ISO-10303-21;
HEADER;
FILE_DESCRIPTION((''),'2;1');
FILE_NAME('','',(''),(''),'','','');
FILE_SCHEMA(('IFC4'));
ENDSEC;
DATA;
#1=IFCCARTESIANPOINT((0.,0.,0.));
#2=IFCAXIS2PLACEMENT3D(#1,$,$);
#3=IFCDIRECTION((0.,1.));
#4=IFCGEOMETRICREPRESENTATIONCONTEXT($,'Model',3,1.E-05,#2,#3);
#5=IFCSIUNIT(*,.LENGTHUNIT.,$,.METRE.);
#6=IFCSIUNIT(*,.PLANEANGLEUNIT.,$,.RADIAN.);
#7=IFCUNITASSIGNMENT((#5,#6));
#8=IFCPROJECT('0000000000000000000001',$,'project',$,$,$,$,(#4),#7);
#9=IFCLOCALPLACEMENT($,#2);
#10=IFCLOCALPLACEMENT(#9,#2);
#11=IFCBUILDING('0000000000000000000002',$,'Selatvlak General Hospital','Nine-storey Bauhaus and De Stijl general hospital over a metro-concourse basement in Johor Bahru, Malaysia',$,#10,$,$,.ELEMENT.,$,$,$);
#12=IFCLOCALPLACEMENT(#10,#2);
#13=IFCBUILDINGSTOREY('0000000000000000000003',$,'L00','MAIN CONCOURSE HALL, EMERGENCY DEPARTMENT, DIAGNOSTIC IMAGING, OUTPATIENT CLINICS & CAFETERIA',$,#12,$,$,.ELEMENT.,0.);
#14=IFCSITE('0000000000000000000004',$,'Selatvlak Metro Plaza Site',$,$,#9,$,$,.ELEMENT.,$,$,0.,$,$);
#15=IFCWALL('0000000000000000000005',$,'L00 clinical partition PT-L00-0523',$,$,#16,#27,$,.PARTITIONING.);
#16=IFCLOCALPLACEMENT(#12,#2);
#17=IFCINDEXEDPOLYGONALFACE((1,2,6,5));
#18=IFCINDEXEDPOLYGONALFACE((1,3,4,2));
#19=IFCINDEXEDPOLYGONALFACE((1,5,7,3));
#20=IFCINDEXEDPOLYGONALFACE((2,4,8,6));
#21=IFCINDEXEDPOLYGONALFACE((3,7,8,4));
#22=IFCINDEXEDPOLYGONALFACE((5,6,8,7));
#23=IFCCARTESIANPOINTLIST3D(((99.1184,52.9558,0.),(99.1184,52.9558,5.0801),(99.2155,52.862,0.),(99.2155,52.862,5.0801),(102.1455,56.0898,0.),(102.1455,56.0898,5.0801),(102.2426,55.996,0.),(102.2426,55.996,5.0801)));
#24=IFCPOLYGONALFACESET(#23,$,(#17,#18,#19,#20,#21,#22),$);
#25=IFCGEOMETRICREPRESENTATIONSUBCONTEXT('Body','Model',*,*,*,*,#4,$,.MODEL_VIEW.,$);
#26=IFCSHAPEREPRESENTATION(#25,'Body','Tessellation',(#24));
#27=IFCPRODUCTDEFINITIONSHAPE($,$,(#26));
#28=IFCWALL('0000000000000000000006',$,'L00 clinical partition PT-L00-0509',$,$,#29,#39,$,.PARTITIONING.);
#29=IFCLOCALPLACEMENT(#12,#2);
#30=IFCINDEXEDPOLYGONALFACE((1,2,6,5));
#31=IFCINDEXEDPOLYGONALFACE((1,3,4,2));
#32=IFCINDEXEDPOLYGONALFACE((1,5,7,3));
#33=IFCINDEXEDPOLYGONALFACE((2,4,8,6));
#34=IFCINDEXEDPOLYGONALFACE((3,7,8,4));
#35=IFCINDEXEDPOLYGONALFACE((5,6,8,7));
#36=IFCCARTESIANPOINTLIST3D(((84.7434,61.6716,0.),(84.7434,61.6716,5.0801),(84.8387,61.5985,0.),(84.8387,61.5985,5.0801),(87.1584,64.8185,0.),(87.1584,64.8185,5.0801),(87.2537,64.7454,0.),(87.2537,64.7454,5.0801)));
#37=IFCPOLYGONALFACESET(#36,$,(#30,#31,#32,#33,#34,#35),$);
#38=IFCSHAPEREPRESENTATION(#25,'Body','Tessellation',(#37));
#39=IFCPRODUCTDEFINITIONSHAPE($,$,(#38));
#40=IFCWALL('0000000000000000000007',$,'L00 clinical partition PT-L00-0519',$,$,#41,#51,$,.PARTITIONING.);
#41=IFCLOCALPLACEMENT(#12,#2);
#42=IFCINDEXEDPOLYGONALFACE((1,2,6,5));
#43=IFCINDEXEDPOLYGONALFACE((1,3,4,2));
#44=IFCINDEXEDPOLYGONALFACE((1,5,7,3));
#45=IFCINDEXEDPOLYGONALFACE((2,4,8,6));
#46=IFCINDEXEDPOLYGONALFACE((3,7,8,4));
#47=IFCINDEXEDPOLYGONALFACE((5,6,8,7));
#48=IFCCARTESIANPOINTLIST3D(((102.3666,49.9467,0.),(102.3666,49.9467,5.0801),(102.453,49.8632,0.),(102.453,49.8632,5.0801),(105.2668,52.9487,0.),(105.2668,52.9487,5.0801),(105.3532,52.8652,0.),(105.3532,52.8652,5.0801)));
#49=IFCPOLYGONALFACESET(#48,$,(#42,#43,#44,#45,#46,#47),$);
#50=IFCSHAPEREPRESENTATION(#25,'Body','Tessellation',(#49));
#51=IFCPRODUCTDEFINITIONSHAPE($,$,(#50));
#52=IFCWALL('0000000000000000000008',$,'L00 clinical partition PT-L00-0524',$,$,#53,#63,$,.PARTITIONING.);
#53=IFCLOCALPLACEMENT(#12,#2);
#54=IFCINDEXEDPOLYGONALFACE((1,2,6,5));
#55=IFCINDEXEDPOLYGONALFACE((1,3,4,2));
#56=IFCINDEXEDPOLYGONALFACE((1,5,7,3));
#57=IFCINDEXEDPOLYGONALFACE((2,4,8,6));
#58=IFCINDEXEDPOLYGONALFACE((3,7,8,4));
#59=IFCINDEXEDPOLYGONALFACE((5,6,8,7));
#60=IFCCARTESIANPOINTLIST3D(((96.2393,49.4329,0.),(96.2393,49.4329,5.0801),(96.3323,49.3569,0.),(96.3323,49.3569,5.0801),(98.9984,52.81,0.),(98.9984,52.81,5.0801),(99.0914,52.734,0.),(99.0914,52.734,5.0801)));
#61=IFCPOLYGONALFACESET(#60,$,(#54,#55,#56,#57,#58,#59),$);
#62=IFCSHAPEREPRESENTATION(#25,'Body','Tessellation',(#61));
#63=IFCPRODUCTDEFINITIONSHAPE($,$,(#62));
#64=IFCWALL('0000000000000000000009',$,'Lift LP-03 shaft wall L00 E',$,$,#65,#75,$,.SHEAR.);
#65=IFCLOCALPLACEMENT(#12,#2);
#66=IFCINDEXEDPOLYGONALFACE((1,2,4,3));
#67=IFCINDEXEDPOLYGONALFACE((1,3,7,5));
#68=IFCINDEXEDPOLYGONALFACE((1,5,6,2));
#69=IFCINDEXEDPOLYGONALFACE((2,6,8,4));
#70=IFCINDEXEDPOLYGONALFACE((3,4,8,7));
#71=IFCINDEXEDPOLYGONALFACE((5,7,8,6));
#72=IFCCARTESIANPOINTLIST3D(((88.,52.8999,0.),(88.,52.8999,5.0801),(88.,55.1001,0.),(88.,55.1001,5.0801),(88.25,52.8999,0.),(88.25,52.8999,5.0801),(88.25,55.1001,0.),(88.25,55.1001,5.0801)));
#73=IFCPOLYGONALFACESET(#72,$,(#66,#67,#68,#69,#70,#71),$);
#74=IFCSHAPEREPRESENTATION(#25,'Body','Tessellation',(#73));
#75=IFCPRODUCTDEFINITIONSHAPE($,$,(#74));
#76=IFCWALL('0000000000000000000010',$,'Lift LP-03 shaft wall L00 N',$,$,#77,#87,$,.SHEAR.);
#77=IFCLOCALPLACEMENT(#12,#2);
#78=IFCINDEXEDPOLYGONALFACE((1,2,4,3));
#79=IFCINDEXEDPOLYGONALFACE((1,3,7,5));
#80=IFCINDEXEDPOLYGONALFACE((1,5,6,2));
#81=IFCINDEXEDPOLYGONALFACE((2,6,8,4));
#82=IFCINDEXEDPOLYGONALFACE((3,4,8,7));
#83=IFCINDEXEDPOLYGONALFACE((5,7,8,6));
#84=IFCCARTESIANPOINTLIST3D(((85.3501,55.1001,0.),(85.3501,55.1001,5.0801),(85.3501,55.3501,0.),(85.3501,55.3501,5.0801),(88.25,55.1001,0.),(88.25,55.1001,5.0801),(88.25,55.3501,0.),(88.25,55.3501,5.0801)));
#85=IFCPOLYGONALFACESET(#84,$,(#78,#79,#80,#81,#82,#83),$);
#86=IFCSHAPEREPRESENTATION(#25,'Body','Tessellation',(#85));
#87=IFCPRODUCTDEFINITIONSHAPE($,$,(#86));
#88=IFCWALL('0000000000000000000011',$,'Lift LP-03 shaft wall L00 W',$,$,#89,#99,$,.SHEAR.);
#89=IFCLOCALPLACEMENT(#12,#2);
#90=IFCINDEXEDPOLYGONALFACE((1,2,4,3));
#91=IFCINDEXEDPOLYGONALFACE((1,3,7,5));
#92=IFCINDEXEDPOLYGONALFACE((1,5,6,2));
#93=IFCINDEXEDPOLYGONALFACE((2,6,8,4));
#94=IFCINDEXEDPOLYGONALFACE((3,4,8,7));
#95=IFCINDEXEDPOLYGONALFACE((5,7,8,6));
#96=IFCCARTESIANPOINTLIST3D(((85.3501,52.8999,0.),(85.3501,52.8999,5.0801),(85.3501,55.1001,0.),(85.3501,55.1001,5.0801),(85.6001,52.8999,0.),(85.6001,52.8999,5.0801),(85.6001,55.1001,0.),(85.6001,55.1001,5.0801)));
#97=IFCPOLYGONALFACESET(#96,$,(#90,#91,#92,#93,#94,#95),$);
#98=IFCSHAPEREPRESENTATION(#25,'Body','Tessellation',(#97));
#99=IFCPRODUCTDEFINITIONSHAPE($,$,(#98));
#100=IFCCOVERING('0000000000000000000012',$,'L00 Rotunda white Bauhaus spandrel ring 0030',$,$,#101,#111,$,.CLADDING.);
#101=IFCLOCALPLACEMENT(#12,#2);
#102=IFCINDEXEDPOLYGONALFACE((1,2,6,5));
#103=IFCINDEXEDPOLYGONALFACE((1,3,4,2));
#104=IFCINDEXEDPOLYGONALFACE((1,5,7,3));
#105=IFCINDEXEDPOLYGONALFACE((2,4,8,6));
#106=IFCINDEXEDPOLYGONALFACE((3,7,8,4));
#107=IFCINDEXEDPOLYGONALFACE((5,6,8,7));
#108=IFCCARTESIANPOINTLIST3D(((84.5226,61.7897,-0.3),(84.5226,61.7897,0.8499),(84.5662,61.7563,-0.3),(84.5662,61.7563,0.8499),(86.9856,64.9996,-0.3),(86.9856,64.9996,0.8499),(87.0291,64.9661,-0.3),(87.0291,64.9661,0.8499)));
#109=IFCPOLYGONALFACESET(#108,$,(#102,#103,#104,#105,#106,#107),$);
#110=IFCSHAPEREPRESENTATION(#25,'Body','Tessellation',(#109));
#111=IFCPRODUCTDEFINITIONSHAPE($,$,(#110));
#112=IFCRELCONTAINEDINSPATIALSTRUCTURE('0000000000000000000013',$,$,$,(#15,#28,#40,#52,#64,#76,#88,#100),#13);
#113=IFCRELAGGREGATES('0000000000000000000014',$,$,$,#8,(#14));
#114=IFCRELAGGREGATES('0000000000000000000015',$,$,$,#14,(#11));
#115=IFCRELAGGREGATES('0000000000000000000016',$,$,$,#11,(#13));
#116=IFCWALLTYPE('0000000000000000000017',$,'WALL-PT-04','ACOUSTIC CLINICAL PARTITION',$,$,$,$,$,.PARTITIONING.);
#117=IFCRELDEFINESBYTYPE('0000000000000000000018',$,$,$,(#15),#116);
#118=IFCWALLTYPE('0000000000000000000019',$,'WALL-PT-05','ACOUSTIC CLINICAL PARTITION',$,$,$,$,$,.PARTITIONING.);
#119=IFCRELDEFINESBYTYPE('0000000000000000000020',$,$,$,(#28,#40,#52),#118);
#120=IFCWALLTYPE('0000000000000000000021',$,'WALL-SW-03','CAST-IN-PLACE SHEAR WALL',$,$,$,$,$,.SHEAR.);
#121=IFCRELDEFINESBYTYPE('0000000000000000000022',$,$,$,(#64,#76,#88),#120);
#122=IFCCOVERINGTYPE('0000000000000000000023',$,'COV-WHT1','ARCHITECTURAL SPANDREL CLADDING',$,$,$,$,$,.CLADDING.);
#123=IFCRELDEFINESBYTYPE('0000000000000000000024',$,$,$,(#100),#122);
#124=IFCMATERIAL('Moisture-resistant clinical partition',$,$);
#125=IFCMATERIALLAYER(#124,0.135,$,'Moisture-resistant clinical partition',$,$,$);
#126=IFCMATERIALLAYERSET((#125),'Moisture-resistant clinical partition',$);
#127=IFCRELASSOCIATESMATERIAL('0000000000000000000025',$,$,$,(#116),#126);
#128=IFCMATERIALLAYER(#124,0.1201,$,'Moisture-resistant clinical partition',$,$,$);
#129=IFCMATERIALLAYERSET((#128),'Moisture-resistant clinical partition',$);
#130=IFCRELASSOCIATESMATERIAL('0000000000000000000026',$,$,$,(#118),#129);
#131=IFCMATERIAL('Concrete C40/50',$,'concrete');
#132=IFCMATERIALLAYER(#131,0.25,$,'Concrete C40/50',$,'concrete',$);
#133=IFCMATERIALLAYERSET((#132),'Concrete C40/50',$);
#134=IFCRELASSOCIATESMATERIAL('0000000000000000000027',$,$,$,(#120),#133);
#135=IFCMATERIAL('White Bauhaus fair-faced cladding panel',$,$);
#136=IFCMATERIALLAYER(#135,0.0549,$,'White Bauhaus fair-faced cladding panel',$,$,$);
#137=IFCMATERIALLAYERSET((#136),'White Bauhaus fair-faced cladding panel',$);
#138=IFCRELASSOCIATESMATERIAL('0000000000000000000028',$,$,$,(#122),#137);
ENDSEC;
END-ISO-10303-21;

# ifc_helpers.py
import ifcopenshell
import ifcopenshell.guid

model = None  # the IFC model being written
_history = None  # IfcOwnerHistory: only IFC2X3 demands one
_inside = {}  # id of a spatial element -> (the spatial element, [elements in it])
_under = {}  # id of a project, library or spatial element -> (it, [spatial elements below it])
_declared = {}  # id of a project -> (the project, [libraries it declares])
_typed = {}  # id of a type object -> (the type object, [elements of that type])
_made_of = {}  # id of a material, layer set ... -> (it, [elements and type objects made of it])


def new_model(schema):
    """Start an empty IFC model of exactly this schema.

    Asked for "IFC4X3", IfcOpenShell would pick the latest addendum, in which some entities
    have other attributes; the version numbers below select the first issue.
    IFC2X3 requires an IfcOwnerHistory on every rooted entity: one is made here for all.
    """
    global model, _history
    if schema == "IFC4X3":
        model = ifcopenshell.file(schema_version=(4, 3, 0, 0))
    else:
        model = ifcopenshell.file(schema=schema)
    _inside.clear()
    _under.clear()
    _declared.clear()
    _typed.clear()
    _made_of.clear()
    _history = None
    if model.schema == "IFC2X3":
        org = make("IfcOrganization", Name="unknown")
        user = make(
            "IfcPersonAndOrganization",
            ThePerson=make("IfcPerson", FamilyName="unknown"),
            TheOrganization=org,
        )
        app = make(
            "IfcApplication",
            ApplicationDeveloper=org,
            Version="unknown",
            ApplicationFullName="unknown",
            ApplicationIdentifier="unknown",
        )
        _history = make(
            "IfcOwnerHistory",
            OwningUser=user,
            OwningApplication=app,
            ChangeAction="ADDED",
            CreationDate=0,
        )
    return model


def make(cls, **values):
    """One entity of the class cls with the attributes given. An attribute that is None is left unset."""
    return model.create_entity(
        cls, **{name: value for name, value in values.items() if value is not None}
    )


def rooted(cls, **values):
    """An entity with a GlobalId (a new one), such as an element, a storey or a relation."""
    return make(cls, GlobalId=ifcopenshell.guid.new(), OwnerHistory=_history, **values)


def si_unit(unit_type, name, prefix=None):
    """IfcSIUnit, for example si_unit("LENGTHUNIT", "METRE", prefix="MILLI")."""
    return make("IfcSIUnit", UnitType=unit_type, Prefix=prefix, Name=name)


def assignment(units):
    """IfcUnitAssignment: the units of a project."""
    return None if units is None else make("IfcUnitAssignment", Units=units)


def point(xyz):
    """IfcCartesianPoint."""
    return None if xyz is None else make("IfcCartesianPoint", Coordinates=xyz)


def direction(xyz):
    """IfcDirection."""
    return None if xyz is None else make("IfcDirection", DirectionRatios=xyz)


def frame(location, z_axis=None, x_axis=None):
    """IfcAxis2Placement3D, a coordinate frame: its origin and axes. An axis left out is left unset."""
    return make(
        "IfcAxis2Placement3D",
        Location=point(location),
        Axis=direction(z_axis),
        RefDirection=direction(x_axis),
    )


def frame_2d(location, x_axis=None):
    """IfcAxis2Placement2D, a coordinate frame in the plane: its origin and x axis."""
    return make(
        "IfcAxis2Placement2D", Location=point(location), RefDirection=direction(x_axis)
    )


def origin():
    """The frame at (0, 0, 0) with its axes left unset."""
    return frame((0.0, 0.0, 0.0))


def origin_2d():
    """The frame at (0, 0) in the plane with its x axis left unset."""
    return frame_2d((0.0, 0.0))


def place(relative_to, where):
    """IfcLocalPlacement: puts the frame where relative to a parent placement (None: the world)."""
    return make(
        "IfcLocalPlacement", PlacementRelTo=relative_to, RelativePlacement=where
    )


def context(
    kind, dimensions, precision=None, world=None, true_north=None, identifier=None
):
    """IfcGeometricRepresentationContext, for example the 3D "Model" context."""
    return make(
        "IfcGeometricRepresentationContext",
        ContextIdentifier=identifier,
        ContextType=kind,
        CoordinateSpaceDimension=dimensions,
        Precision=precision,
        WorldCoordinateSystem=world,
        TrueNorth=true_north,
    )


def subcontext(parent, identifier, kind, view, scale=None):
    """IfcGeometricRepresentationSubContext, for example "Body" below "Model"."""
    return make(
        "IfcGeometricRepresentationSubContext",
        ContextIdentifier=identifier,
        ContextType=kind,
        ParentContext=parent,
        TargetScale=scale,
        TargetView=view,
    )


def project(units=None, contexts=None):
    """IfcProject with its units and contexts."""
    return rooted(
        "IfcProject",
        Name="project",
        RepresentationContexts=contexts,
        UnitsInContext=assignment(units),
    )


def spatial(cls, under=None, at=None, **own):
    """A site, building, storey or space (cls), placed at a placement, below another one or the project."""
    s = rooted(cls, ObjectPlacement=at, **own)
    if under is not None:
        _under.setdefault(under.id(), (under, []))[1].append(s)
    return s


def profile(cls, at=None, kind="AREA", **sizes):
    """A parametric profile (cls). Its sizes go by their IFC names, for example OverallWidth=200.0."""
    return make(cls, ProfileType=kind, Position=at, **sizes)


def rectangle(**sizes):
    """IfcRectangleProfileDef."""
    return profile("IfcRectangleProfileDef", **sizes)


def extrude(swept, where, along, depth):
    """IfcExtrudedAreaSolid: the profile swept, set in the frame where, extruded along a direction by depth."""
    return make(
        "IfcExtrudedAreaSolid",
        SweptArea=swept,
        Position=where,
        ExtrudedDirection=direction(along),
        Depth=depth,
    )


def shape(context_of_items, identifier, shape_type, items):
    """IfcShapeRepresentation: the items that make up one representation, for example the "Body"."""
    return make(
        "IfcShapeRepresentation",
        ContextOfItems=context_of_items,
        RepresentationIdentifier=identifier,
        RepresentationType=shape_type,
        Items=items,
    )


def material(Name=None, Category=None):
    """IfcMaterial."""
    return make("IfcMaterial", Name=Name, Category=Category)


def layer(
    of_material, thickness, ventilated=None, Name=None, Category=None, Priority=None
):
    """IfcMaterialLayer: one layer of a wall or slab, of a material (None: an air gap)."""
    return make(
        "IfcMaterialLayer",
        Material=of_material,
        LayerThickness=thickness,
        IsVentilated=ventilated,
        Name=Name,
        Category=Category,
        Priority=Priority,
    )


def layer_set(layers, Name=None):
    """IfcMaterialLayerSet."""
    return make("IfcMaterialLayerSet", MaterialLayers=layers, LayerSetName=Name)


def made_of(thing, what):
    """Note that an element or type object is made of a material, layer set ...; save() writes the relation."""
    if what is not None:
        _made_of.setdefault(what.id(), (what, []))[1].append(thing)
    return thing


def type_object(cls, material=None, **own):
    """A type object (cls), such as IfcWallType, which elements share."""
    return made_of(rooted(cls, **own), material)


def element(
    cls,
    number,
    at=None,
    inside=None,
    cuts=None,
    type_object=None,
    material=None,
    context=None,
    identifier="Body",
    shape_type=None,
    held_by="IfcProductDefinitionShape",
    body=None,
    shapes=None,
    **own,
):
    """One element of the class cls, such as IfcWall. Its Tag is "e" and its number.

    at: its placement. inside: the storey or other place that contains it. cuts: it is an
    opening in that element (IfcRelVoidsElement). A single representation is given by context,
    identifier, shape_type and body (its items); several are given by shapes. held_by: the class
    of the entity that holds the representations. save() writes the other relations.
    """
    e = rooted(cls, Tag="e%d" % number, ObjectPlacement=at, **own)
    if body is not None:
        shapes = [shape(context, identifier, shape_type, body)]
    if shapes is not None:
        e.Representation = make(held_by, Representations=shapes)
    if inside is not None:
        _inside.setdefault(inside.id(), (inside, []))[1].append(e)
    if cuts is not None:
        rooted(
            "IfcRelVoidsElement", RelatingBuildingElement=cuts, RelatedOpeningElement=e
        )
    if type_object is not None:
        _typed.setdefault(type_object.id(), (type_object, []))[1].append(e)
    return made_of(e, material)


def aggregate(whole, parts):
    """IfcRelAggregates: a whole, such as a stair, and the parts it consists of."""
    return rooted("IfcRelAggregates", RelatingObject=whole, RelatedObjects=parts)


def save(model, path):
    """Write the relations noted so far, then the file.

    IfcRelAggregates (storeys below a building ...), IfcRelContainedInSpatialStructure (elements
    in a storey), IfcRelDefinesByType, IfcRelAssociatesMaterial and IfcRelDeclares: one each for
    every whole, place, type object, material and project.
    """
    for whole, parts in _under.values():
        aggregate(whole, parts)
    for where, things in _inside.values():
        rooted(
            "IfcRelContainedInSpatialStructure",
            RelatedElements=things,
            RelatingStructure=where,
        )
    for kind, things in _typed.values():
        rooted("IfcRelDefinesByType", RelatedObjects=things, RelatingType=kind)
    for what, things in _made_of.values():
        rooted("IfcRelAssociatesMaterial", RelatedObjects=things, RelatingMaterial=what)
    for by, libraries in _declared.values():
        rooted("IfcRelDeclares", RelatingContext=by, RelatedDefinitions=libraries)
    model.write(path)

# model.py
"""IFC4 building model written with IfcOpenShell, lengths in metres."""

from ifc_helpers import new_model, si_unit, direction, frame, frame_2d, origin, origin_2d, place, context, subcontext, project, spatial, rectangle, extrude, material, layer, layer_set, type_object, element, save


model = new_model("IFC4")

# Units and contexts
model_context = context("Model", 3, precision=1e-05, world=origin(), true_north=direction((0.0, 1.0)))
body_context = subcontext(model_context, "Body", "Model", "MODEL_VIEW")
ifc_project = project(units=[si_unit("LENGTHUNIT", "METRE"), si_unit("PLANEANGLEUNIT", "RADIAN")], contexts=[model_context])

# Site, building, storey
site_placement = place(None, origin())
site = spatial("IfcSite", under=ifc_project, at=site_placement, Name="Selatvlak Metro Plaza Site", CompositionType="ELEMENT", RefElevation=0.0)
building_placement = place(site_placement, origin())
building = spatial("IfcBuilding", under=site, at=building_placement, Name="Selatvlak General Hospital", Description="Nine-storey Bauhaus and De Stijl general hospital over a metro-concourse basement in Johor Bahru, Malaysia", CompositionType="ELEMENT")
storey_placement = place(building_placement, origin())
storey = spatial("IfcBuildingStorey", under=building, at=storey_placement, Name="L00", Description="MAIN CONCOURSE HALL, EMERGENCY DEPARTMENT, DIAGNOSTIC IMAGING, OUTPATIENT CLINICS & CAFETERIA", CompositionType="ELEMENT", Elevation=0.0)

# Walls
ifc_material_1 = material(Name="Moisture-resistant clinical partition")
ifc_layer_1 = layer(ifc_material_1, 0.135, Name="Moisture-resistant clinical partition")
ifc_layer_set_1 = layer_set([ifc_layer_1], Name="Moisture-resistant clinical partition")
wall_type_1 = type_object("IfcWallType", Name="WALL-PT-04", Description="ACOUSTIC CLINICAL PARTITION", PredefinedType="PARTITIONING", material=ifc_layer_set_1)
wall_1_placement = place(storey_placement, frame((102.1941, 56.043, 0.0), z_axis=(0.0, 0.0, 1.0), x_axis=(-0.694729, -0.719271, 0.0)))
element("IfcWall", 1, at=wall_1_placement, inside=storey, type_object=wall_type_1, Name="L00 clinical partition PT-L00-0523", PredefinedType="PARTITIONING", context=body_context, shape_type="SweptSolid", body=[
    extrude(rectangle(XDim=4.3572, YDim=0.135, at=frame_2d((2.1787, 0.0))), origin(), (0.0, 0.0, 1.0), 5.0801),
])
ifc_layer_2 = layer(ifc_material_1, 0.1201, Name="Moisture-resistant clinical partition")
ifc_layer_set_2 = layer_set([ifc_layer_2], Name="Moisture-resistant clinical partition")
wall_type_2 = type_object("IfcWallType", Name="WALL-PT-05", Description="ACOUSTIC CLINICAL PARTITION", PredefinedType="PARTITIONING", material=ifc_layer_set_2)
wall_2_placement = place(storey_placement, frame((87.2061, 64.782, 0.0), z_axis=(0.0, 0.0, 1.0), x_axis=(-0.608806, -0.793319, 0.0)))
element("IfcWall", 2, at=wall_2_placement, inside=storey, type_object=wall_type_2, Name="L00 clinical partition PT-L00-0509", PredefinedType="PARTITIONING", context=body_context, shape_type="SweptSolid", body=[
    extrude(rectangle(XDim=3.9668, YDim=0.1201, at=frame_2d((1.9834, 0.0))), origin(), (0.0, 0.0, 1.0), 5.0801),
])
wall_3_placement = place(storey_placement, frame((102.4099, 49.905, 0.0), z_axis=(0.0, 0.0, 1.0), x_axis=(0.694806, 0.719197, 0.0)))
element("IfcWall", 3, at=wall_3_placement, inside=storey, type_object=wall_type_2, Name="L00 clinical partition PT-L00-0519", PredefinedType="PARTITIONING", context=body_context, shape_type="SweptSolid", body=[
    extrude(rectangle(XDim=4.1741, YDim=0.1201, at=frame_2d((2.0869, 0.0))), origin(), (0.0, 0.0, 1.0), 5.0801),
])
wall_4_placement = place(storey_placement, frame((99.0449, 52.772, 0.0), z_axis=(0.0, 0.0, 1.0), x_axis=(-0.632698, -0.774399, 0.0)))
element("IfcWall", 4, at=wall_4_placement, inside=storey, type_object=wall_type_2, Name="L00 clinical partition PT-L00-0524", PredefinedType="PARTITIONING", context=body_context, shape_type="SweptSolid", body=[
    extrude(rectangle(XDim=4.3608, YDim=0.1201, at=frame_2d((2.1804, 0.0))), origin(), (0.0, 0.0, 1.0), 5.0801),
])

# Shared definitions
ifc_material_2 = material(Name="Concrete C40/50", Category="concrete")
ifc_layer_3 = layer(ifc_material_2, 0.25, Name="Concrete C40/50", Category="concrete")
ifc_layer_set_3 = layer_set([ifc_layer_3], Name="Concrete C40/50")
wall_type_3 = type_object("IfcWallType", Name="WALL-SW-03", Description="CAST-IN-PLACE SHEAR WALL", PredefinedType="SHEAR", material=ifc_layer_set_3)

# Walls
wall_5_placement = place(storey_placement, frame((88.125, 52.8999, 0.0), z_axis=(0.0, 0.0, 1.0), x_axis=(0.0, 1.0, 0.0)))
element("IfcWall", 5, at=wall_5_placement, inside=storey, type_object=wall_type_3, Name="Lift LP-03 shaft wall L00 E", PredefinedType="SHEAR", context=body_context, shape_type="SweptSolid", body=[
    extrude(rectangle(XDim=2.2002, YDim=0.25, at=frame_2d((1.1001, 0.0))), origin(), (0.0, 0.0, 1.0), 5.0801),
])
wall_6_placement = place(storey_placement, frame((88.25, 55.2251, 0.0), z_axis=(0.0, 0.0, 1.0), x_axis=(-1.0, 0.0, 0.0)))
element("IfcWall", 6, at=wall_6_placement, inside=storey, type_object=wall_type_3, Name="Lift LP-03 shaft wall L00 N", PredefinedType="SHEAR", context=body_context, shape_type="SweptSolid", body=[
    extrude(rectangle(XDim=2.8999, YDim=0.25, at=frame_2d((1.45, 0.0))), origin(), (0.0, 0.0, 1.0), 5.0801),
])
wall_7_placement = place(storey_placement, frame((85.4751, 55.1001, 0.0), z_axis=(0.0, 0.0, 1.0), x_axis=(0.0, -1.0, 0.0)))
element("IfcWall", 7, at=wall_7_placement, inside=storey, type_object=wall_type_3, Name="Lift LP-03 shaft wall L00 W", PredefinedType="SHEAR", context=body_context, shape_type="SweptSolid", body=[
    extrude(rectangle(XDim=2.2002, YDim=0.25, at=frame_2d((1.1001, 0.0))), origin(), (0.0, 0.0, 1.0), 5.0801),
])

# Covering
ifc_material_3 = material(Name="White Bauhaus fair-faced cladding panel")
ifc_layer_4 = layer(ifc_material_3, 0.0549, Name="White Bauhaus fair-faced cladding panel")
ifc_layer_set_4 = layer_set([ifc_layer_4], Name="White Bauhaus fair-faced cladding panel")
covering_type = type_object("IfcCoveringType", Name="COV-WHT1", Description="ARCHITECTURAL SPANDREL CLADDING", PredefinedType="CLADDING", material=ifc_layer_set_4)
covering_placement = place(storey_placement, frame((85.7759, 63.3779, -0.3), z_axis=(0.0, 0.0, 1.0), x_axis=(0.608748, 0.793364, 0.0)))
element("IfcCovering", 8, at=covering_placement, inside=storey, type_object=covering_type, Name="L00 Rotunda white Bauhaus spandrel ring 0030", PredefinedType="CLADDING", context=body_context, shape_type="SweptSolid", body=[
    extrude(rectangle(XDim=4.0459, YDim=0.0549, at=origin_2d()), origin(), (0.0, 0.0, 1.0), 1.1499),
])

save(model, "model.ifc")
